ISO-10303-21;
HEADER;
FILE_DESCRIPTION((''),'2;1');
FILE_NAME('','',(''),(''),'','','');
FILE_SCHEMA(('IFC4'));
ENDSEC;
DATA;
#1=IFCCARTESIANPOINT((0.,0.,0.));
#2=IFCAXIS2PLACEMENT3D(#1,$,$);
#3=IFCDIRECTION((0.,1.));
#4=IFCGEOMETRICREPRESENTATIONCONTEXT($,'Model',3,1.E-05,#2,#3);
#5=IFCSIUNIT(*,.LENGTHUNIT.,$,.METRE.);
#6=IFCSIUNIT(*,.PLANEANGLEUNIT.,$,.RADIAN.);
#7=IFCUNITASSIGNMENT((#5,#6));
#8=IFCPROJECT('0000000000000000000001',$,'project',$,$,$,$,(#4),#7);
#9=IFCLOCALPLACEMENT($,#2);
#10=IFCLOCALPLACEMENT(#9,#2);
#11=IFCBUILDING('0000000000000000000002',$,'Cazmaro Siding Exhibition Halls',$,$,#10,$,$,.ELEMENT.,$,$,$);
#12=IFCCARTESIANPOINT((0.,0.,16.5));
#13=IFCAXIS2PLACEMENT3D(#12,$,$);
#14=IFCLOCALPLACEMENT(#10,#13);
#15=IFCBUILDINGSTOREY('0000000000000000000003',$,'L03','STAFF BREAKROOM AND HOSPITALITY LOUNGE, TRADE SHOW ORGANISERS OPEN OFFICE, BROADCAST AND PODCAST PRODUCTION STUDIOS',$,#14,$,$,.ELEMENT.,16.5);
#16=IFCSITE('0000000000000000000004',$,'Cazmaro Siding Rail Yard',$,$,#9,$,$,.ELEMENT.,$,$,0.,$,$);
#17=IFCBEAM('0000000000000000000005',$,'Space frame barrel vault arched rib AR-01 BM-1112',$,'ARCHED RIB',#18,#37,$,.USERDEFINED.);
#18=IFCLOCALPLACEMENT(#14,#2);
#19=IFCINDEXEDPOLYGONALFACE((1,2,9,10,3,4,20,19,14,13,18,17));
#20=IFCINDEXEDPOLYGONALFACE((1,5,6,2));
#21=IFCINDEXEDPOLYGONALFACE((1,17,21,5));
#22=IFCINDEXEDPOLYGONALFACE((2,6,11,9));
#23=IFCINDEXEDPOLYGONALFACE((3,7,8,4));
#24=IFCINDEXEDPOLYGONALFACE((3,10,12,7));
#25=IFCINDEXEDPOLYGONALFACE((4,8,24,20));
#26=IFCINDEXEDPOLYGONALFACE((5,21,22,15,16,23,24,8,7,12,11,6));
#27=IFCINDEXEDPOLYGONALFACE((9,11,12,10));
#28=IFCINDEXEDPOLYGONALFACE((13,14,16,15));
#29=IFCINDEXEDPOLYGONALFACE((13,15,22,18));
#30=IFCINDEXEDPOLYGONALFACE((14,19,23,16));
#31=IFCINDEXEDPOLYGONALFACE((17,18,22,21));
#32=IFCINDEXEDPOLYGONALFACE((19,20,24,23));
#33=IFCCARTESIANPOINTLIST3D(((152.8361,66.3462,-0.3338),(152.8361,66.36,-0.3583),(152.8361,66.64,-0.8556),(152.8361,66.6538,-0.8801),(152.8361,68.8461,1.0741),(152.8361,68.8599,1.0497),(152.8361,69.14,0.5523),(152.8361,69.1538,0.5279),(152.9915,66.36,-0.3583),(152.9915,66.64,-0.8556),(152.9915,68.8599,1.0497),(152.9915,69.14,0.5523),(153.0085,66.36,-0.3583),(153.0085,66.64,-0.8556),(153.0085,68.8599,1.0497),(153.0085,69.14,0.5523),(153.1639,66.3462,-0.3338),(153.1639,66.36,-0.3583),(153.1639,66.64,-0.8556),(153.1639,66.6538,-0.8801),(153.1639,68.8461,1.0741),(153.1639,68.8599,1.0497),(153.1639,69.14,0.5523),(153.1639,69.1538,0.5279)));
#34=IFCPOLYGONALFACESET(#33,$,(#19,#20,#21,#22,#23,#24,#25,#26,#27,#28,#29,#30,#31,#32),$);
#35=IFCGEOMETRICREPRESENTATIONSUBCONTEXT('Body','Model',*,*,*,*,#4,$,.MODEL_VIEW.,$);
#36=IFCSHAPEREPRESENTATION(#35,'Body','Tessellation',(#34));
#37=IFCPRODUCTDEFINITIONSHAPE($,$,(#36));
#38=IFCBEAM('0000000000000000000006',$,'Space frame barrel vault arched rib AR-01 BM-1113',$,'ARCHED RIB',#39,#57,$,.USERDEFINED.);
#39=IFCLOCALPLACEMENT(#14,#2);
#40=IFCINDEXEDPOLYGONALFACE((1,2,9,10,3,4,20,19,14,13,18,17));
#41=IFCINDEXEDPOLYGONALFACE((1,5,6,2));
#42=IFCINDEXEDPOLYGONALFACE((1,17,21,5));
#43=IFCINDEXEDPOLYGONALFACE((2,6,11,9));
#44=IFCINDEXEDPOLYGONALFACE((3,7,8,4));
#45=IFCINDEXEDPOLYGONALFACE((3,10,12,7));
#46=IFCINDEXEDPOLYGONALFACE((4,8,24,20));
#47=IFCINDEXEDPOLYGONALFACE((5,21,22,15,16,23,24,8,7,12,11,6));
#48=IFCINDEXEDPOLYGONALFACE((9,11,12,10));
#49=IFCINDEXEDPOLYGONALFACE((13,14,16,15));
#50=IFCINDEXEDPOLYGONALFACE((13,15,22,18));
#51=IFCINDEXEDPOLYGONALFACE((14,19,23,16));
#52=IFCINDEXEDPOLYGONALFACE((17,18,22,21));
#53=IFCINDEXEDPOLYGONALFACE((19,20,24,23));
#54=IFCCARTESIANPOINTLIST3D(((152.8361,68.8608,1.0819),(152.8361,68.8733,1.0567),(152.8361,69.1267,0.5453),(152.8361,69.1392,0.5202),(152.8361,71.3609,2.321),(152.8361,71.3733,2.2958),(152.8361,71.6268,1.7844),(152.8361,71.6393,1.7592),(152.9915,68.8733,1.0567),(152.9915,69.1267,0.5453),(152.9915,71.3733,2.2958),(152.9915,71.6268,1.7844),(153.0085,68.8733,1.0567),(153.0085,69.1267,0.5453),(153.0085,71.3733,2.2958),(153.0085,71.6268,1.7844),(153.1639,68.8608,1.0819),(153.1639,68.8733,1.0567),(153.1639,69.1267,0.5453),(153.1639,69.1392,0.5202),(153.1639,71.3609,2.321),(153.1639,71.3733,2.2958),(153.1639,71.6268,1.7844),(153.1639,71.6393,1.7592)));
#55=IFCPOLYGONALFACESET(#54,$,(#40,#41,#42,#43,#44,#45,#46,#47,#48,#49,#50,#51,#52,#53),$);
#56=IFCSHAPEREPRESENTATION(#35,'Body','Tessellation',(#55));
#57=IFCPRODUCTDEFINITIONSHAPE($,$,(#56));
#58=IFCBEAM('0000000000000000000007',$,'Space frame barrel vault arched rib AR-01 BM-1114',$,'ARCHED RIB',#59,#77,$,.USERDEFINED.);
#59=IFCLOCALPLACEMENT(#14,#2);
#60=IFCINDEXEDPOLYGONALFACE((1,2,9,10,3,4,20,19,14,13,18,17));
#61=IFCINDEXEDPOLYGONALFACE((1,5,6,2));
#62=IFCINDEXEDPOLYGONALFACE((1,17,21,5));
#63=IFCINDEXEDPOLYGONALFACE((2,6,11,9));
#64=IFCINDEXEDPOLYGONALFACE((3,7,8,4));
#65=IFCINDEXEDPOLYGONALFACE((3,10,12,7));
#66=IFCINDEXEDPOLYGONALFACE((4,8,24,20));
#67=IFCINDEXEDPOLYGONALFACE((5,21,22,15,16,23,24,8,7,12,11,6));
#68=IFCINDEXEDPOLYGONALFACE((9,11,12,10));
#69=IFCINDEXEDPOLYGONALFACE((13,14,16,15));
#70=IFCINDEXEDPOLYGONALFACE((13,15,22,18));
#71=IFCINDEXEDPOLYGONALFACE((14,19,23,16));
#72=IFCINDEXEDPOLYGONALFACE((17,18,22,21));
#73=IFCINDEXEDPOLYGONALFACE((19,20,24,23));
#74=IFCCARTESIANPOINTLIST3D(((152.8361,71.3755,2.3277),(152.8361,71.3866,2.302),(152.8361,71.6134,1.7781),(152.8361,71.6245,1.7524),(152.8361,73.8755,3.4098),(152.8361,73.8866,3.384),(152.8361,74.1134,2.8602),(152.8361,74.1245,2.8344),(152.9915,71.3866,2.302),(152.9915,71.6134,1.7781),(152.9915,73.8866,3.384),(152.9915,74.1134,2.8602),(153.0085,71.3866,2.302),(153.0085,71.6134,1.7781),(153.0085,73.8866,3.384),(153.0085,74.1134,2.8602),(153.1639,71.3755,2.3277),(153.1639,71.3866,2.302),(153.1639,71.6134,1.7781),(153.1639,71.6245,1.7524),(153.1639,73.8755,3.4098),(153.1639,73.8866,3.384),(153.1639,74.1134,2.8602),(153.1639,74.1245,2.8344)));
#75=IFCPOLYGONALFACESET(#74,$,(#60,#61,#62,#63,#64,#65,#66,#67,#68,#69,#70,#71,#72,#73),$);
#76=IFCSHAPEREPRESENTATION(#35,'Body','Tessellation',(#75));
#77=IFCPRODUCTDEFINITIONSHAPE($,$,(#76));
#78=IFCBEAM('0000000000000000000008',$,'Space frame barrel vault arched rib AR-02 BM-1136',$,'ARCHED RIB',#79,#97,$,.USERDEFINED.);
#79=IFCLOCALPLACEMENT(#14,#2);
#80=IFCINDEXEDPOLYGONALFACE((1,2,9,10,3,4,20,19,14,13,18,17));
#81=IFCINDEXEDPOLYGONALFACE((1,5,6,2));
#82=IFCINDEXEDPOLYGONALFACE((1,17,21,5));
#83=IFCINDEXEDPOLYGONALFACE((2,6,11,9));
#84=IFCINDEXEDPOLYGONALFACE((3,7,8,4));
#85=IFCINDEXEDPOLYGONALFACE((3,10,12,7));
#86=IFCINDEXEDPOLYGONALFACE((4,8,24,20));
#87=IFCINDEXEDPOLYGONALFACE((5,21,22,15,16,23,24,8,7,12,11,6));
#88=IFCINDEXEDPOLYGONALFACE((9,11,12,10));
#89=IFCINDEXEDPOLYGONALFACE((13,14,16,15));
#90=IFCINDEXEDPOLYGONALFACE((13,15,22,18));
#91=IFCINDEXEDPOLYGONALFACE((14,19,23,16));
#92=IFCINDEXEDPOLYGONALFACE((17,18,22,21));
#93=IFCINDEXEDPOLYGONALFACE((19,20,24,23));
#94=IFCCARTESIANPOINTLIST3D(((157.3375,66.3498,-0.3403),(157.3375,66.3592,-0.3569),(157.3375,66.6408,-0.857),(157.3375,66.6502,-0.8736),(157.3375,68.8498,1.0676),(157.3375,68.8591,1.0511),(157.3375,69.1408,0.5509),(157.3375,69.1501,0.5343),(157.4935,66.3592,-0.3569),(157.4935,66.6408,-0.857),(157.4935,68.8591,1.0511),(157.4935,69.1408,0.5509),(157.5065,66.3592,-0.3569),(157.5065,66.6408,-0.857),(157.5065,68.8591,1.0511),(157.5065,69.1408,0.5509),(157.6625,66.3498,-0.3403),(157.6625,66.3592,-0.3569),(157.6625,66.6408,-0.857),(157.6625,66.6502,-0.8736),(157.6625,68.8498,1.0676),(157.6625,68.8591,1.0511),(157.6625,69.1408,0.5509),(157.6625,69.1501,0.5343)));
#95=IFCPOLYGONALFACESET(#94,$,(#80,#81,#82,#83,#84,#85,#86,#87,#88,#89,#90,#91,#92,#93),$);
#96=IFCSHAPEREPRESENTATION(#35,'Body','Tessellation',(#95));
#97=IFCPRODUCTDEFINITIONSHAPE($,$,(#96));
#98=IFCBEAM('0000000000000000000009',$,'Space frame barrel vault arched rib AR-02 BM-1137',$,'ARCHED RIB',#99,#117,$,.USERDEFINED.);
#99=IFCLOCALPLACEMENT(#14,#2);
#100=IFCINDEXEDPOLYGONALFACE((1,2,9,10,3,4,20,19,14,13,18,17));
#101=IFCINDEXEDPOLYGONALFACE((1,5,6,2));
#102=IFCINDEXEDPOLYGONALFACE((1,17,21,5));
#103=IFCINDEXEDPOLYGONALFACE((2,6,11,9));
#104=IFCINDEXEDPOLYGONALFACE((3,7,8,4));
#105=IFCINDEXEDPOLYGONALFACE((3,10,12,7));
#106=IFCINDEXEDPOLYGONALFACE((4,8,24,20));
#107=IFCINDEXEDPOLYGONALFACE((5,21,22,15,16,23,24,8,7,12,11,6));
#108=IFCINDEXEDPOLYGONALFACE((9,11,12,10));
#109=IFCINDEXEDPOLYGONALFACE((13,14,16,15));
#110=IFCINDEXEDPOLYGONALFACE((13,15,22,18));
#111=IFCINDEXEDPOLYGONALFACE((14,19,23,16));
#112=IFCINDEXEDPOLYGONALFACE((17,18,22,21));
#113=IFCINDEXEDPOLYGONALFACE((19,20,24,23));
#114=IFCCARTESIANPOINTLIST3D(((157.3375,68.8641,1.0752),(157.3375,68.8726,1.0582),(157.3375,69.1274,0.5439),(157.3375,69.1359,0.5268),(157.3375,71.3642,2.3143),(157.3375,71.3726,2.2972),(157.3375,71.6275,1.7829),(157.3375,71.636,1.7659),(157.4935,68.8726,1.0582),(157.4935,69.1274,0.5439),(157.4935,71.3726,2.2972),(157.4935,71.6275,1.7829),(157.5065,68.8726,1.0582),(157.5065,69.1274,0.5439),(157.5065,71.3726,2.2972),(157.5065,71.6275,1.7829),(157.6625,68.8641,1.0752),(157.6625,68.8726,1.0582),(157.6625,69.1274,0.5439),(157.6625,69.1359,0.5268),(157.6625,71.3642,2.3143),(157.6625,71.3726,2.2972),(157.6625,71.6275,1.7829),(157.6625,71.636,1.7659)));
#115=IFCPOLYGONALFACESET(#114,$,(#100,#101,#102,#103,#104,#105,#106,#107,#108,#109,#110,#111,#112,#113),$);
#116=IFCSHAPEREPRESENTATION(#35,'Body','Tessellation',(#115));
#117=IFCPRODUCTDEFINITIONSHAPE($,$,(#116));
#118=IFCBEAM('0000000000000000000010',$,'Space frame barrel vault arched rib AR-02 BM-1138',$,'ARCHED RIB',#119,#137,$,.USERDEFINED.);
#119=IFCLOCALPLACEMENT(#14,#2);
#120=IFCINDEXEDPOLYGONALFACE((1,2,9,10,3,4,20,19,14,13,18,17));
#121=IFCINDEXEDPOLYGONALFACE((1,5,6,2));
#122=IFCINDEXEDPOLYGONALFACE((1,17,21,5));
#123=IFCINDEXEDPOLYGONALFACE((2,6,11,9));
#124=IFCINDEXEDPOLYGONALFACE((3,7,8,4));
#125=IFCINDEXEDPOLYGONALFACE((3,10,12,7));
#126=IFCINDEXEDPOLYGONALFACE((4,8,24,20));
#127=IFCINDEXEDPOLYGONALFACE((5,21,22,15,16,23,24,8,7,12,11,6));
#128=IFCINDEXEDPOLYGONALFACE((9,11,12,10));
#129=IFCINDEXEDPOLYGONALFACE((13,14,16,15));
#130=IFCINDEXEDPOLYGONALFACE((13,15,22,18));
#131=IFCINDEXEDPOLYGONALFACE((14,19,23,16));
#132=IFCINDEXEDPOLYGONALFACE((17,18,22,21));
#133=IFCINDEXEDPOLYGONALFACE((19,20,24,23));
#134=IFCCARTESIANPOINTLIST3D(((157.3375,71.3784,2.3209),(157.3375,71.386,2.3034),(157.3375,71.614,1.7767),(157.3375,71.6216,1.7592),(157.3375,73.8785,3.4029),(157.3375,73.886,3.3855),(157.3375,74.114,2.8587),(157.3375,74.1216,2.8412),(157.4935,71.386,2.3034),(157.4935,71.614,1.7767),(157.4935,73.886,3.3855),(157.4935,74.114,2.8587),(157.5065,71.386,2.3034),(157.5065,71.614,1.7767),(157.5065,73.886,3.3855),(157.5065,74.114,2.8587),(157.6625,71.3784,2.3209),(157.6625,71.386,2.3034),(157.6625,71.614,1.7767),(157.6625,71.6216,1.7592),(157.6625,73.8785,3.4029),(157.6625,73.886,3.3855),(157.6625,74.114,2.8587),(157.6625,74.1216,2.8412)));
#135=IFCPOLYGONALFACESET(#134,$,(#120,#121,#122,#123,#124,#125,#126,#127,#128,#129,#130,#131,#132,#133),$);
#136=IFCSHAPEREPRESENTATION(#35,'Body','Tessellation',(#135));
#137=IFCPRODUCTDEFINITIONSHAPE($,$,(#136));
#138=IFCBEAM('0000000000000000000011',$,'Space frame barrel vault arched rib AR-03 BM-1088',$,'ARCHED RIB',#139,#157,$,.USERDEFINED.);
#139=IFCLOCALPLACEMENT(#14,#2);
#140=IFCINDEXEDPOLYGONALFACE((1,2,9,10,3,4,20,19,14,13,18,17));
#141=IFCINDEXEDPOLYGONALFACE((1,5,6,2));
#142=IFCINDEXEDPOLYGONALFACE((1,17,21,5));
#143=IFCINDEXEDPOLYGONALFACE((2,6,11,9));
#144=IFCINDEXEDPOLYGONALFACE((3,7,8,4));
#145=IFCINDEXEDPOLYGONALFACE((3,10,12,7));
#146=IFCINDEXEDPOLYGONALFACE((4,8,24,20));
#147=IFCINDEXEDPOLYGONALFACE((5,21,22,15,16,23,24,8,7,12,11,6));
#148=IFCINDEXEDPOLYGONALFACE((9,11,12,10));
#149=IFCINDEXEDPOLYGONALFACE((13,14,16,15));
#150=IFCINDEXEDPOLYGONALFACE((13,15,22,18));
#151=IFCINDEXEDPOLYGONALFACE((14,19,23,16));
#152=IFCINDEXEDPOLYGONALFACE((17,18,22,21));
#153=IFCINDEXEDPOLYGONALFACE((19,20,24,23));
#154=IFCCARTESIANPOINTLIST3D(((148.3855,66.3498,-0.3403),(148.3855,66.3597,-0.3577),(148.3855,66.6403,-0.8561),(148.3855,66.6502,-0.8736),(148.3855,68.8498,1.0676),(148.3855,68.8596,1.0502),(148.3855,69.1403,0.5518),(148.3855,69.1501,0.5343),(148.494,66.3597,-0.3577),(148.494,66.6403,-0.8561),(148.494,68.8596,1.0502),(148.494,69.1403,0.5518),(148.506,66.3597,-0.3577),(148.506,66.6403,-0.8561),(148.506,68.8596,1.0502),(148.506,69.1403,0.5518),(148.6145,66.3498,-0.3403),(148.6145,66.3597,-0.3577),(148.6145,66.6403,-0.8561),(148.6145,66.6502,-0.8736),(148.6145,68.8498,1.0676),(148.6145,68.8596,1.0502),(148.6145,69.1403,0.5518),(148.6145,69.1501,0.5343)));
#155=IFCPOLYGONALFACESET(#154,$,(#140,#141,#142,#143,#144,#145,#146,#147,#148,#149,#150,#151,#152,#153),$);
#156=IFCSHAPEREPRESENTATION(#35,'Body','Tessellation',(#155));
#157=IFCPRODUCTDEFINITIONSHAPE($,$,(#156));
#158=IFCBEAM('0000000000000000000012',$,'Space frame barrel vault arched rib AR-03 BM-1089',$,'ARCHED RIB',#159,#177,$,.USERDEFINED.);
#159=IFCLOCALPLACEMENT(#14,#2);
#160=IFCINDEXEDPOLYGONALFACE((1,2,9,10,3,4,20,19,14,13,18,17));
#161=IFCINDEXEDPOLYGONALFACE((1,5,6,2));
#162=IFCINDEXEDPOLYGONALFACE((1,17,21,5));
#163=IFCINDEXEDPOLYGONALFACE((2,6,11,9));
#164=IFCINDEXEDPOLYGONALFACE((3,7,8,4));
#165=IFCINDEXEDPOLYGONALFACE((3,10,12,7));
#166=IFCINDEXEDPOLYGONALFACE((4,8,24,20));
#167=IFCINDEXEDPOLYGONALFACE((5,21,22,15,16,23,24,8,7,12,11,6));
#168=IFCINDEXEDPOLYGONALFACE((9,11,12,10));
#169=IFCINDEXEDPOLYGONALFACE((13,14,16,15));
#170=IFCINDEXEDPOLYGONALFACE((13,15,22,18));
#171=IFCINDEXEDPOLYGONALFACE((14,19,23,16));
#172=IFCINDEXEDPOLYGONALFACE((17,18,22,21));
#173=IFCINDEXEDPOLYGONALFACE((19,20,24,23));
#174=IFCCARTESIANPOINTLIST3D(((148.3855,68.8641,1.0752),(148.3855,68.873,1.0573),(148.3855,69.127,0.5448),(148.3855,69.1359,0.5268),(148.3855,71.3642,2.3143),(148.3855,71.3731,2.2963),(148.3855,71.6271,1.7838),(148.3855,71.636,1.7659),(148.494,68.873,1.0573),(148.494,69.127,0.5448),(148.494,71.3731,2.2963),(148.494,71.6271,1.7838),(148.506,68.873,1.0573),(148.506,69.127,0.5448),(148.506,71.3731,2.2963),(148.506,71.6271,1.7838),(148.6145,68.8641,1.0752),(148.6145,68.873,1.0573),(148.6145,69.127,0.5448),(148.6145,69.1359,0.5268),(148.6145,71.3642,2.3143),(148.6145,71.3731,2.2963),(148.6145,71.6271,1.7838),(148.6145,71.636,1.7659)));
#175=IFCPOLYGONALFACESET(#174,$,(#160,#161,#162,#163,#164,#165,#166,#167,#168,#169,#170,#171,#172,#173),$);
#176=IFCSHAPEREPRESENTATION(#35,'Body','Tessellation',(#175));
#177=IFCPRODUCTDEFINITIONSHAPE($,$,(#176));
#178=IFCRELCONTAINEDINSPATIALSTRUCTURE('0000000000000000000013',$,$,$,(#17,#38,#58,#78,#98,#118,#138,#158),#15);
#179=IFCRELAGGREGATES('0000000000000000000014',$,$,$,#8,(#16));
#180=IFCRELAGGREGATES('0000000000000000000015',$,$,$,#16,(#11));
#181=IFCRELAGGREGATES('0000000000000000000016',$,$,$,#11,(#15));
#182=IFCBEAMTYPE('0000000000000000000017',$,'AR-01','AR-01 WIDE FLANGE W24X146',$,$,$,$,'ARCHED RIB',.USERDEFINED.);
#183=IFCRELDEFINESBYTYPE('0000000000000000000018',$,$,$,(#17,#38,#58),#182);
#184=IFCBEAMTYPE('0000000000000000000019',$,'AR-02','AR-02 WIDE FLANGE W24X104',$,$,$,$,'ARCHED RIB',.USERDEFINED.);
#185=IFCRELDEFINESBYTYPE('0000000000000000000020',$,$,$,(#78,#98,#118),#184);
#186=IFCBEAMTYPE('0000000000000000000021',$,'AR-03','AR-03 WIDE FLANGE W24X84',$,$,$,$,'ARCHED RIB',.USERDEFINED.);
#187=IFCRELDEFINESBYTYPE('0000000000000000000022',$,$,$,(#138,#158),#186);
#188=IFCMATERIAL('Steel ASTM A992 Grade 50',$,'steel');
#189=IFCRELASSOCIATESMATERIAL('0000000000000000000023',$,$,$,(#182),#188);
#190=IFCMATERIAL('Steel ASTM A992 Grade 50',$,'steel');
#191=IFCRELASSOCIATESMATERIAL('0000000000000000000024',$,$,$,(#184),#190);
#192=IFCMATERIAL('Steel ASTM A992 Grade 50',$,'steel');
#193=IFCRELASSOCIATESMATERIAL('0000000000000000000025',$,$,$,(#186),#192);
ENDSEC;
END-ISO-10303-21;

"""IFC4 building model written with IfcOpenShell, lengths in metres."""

from ifc_helpers import new_model, si_unit, direction, frame, origin, origin_2d, place, context, subcontext, project, spatial, i_section, extrude, material, material_profile, profile_set, type_object, element, save


model = new_model("IFC4")

# Units and contexts
model_context = context("Model", 3, precision=1e-05, world=origin(), true_north=direction((0.0, 1.0)))
body_context = subcontext(model_context, "Body", "Model", "MODEL_VIEW")
ifc_project = project(units=[si_unit("LENGTHUNIT", "METRE"), si_unit("PLANEANGLEUNIT", "RADIAN")], contexts=[model_context])

# Site, building, storey
site_placement = place(None, origin())
site = spatial("IfcSite", under=ifc_project, at=site_placement, Name="Cazmaro Siding Rail Yard", CompositionType="ELEMENT", RefElevation=0.0)
building_placement = place(site_placement, origin())
building = spatial("IfcBuilding", under=site, at=building_placement, Name="Cazmaro Siding Exhibition Halls", CompositionType="ELEMENT")
storey_placement = place(building_placement, frame((0.0, 0.0, 16.5)))
storey = spatial("IfcBuildingStorey", under=building, at=storey_placement, Name="L03", Description="STAFF BREAKROOM AND HOSPITALITY LOUNGE, TRADE SHOW ORGANISERS OPEN OFFICE, BROADCAST AND PODCAST PRODUCTION STUDIOS", CompositionType="ELEMENT", Elevation=16.5)

# Beams
ifc_material_1 = material(Name="Steel ASTM A992 Grade 50", Category="steel")
ifc_material_profile_1 = material_profile(ifc_material_1, i_section(OverallWidth=0.3279, OverallDepth=0.627, WebThickness=0.0171, FlangeThickness=0.0281, at=origin_2d()), Name="W24X146")
ifc_profile_set_1 = profile_set([ifc_material_profile_1], Name="Steel ASTM A992 Grade 50")
beam_type_1 = type_object("IfcBeamType", Name="AR-01", Description="AR-01 WIDE FLANGE W24X146", ElementType="ARCHED RIB", PredefinedType="USERDEFINED", material=ifc_profile_set_1)
beam_1_placement = place(storey_placement, frame((153.0, 66.5, -0.6069), z_axis=(0.0, 0.871321, 0.490714), x_axis=(-1.0, 0.0, 0.0)))
element("IfcBeam", 1, at=beam_1_placement, inside=storey, type_object=beam_type_1, Name="Space frame barrel vault arched rib AR-01 BM-1112", ObjectType="ARCHED RIB", PredefinedType="USERDEFINED", context=body_context, shape_type="SweptSolid", body=[
    extrude(i_section(OverallWidth=0.3279, OverallDepth=0.627, WebThickness=0.0171, FlangeThickness=0.0281, at=origin_2d()), origin(), (0.0, 0.0, 1.0), 2.8691),
])
beam_2_placement = place(storey_placement, frame((153.0, 69.0, 0.801), z_axis=(0.0, 0.895997, 0.444061), x_axis=(-1.0, 0.0, 0.0)))
element("IfcBeam", 2, at=beam_2_placement, inside=storey, type_object=beam_type_1, Name="Space frame barrel vault arched rib AR-01 BM-1113", ObjectType="ARCHED RIB", PredefinedType="USERDEFINED", context=body_context, shape_type="SweptSolid", body=[
    extrude(i_section(OverallWidth=0.3279, OverallDepth=0.627, WebThickness=0.0171, FlangeThickness=0.0281, at=origin_2d()), origin(), (0.0, 0.0, 1.0), 2.7903),
])
beam_3_placement = place(storey_placement, frame((153.0, 71.5, 2.04), z_axis=(0.0, 0.91773, 0.397205), x_axis=(-1.0, 0.0, 0.0)))
element("IfcBeam", 3, at=beam_3_placement, inside=storey, type_object=beam_type_1, Name="Space frame barrel vault arched rib AR-01 BM-1114", ObjectType="ARCHED RIB", PredefinedType="USERDEFINED", context=body_context, shape_type="SweptSolid", body=[
    extrude(i_section(OverallWidth=0.3279, OverallDepth=0.627, WebThickness=0.0171, FlangeThickness=0.0281, at=origin_2d()), origin(), (0.0, 0.0, 1.0), 2.7241),
])
ifc_material_2 = material(Name="Steel ASTM A992 Grade 50", Category="steel")
ifc_material_profile_2 = material_profile(ifc_material_2, i_section(OverallWidth=0.325, OverallDepth=0.6121, WebThickness=0.0129, FlangeThickness=0.019, at=origin_2d()), Name="W24X104")
ifc_profile_set_2 = profile_set([ifc_material_profile_2], Name="Steel ASTM A992 Grade 50")
beam_type_2 = type_object("IfcBeamType", Name="AR-02", Description="AR-02 WIDE FLANGE W24X104", ElementType="ARCHED RIB", PredefinedType="USERDEFINED", material=ifc_profile_set_2)
beam_4_placement = place(storey_placement, frame((157.5, 66.5, -0.6069), z_axis=(0.0, 0.871321, 0.490714), x_axis=(-1.0, 0.0, 0.0)))
element("IfcBeam", 4, at=beam_4_placement, inside=storey, type_object=beam_type_2, Name="Space frame barrel vault arched rib AR-02 BM-1136", ObjectType="ARCHED RIB", PredefinedType="USERDEFINED", context=body_context, shape_type="SweptSolid", body=[
    extrude(i_section(OverallWidth=0.325, OverallDepth=0.6121, WebThickness=0.0129, FlangeThickness=0.019, at=origin_2d()), origin(), (0.0, 0.0, 1.0), 2.8691),
])
beam_5_placement = place(storey_placement, frame((157.5, 69.0, 0.801), z_axis=(0.0, 0.895997, 0.444061), x_axis=(-1.0, 0.0, 0.0)))
element("IfcBeam", 5, at=beam_5_placement, inside=storey, type_object=beam_type_2, Name="Space frame barrel vault arched rib AR-02 BM-1137", ObjectType="ARCHED RIB", PredefinedType="USERDEFINED", context=body_context, shape_type="SweptSolid", body=[
    extrude(i_section(OverallWidth=0.325, OverallDepth=0.6121, WebThickness=0.0129, FlangeThickness=0.019, at=origin_2d()), origin(), (0.0, 0.0, 1.0), 2.7903),
])
beam_6_placement = place(storey_placement, frame((157.5, 71.5, 2.04), z_axis=(0.0, 0.91773, 0.397205), x_axis=(-1.0, 0.0, 0.0)))
element("IfcBeam", 6, at=beam_6_placement, inside=storey, type_object=beam_type_2, Name="Space frame barrel vault arched rib AR-02 BM-1138", ObjectType="ARCHED RIB", PredefinedType="USERDEFINED", context=body_context, shape_type="SweptSolid", body=[
    extrude(i_section(OverallWidth=0.325, OverallDepth=0.6121, WebThickness=0.0129, FlangeThickness=0.019, at=origin_2d()), origin(), (0.0, 0.0, 1.0), 2.7241),
])
ifc_material_3 = material(Name="Steel ASTM A992 Grade 50", Category="steel")
ifc_material_profile_3 = material_profile(ifc_material_3, i_section(OverallWidth=0.229, OverallDepth=0.6121, WebThickness=0.012, FlangeThickness=0.02, at=origin_2d()), Name="W24X84")
ifc_profile_set_3 = profile_set([ifc_material_profile_3], Name="Steel ASTM A992 Grade 50")
beam_type_3 = type_object("IfcBeamType", Name="AR-03", Description="AR-03 WIDE FLANGE W24X84", ElementType="ARCHED RIB", PredefinedType="USERDEFINED", material=ifc_profile_set_3)
beam_7_placement = place(storey_placement, frame((148.5, 66.5, -0.6069), z_axis=(0.0, 0.871321, 0.490714), x_axis=(-1.0, 0.0, 0.0)))
element("IfcBeam", 7, at=beam_7_placement, inside=storey, type_object=beam_type_3, Name="Space frame barrel vault arched rib AR-03 BM-1088", ObjectType="ARCHED RIB", PredefinedType="USERDEFINED", context=body_context, shape_type="SweptSolid", body=[
    extrude(i_section(OverallWidth=0.229, OverallDepth=0.6121, WebThickness=0.012, FlangeThickness=0.02, at=origin_2d()), origin(), (0.0, 0.0, 1.0), 2.8691),
])
beam_8_placement = place(storey_placement, frame((148.5, 69.0, 0.801), z_axis=(0.0, 0.895997, 0.444061), x_axis=(-1.0, 0.0, 0.0)))
element("IfcBeam", 8, at=beam_8_placement, inside=storey, type_object=beam_type_3, Name="Space frame barrel vault arched rib AR-03 BM-1089", ObjectType="ARCHED RIB", PredefinedType="USERDEFINED", context=body_context, shape_type="SweptSolid", body=[
    extrude(i_section(OverallWidth=0.229, OverallDepth=0.6121, WebThickness=0.012, FlangeThickness=0.02, at=origin_2d()), origin(), (0.0, 0.0, 1.0), 2.7903),
])

save(model, "model.ifc")
